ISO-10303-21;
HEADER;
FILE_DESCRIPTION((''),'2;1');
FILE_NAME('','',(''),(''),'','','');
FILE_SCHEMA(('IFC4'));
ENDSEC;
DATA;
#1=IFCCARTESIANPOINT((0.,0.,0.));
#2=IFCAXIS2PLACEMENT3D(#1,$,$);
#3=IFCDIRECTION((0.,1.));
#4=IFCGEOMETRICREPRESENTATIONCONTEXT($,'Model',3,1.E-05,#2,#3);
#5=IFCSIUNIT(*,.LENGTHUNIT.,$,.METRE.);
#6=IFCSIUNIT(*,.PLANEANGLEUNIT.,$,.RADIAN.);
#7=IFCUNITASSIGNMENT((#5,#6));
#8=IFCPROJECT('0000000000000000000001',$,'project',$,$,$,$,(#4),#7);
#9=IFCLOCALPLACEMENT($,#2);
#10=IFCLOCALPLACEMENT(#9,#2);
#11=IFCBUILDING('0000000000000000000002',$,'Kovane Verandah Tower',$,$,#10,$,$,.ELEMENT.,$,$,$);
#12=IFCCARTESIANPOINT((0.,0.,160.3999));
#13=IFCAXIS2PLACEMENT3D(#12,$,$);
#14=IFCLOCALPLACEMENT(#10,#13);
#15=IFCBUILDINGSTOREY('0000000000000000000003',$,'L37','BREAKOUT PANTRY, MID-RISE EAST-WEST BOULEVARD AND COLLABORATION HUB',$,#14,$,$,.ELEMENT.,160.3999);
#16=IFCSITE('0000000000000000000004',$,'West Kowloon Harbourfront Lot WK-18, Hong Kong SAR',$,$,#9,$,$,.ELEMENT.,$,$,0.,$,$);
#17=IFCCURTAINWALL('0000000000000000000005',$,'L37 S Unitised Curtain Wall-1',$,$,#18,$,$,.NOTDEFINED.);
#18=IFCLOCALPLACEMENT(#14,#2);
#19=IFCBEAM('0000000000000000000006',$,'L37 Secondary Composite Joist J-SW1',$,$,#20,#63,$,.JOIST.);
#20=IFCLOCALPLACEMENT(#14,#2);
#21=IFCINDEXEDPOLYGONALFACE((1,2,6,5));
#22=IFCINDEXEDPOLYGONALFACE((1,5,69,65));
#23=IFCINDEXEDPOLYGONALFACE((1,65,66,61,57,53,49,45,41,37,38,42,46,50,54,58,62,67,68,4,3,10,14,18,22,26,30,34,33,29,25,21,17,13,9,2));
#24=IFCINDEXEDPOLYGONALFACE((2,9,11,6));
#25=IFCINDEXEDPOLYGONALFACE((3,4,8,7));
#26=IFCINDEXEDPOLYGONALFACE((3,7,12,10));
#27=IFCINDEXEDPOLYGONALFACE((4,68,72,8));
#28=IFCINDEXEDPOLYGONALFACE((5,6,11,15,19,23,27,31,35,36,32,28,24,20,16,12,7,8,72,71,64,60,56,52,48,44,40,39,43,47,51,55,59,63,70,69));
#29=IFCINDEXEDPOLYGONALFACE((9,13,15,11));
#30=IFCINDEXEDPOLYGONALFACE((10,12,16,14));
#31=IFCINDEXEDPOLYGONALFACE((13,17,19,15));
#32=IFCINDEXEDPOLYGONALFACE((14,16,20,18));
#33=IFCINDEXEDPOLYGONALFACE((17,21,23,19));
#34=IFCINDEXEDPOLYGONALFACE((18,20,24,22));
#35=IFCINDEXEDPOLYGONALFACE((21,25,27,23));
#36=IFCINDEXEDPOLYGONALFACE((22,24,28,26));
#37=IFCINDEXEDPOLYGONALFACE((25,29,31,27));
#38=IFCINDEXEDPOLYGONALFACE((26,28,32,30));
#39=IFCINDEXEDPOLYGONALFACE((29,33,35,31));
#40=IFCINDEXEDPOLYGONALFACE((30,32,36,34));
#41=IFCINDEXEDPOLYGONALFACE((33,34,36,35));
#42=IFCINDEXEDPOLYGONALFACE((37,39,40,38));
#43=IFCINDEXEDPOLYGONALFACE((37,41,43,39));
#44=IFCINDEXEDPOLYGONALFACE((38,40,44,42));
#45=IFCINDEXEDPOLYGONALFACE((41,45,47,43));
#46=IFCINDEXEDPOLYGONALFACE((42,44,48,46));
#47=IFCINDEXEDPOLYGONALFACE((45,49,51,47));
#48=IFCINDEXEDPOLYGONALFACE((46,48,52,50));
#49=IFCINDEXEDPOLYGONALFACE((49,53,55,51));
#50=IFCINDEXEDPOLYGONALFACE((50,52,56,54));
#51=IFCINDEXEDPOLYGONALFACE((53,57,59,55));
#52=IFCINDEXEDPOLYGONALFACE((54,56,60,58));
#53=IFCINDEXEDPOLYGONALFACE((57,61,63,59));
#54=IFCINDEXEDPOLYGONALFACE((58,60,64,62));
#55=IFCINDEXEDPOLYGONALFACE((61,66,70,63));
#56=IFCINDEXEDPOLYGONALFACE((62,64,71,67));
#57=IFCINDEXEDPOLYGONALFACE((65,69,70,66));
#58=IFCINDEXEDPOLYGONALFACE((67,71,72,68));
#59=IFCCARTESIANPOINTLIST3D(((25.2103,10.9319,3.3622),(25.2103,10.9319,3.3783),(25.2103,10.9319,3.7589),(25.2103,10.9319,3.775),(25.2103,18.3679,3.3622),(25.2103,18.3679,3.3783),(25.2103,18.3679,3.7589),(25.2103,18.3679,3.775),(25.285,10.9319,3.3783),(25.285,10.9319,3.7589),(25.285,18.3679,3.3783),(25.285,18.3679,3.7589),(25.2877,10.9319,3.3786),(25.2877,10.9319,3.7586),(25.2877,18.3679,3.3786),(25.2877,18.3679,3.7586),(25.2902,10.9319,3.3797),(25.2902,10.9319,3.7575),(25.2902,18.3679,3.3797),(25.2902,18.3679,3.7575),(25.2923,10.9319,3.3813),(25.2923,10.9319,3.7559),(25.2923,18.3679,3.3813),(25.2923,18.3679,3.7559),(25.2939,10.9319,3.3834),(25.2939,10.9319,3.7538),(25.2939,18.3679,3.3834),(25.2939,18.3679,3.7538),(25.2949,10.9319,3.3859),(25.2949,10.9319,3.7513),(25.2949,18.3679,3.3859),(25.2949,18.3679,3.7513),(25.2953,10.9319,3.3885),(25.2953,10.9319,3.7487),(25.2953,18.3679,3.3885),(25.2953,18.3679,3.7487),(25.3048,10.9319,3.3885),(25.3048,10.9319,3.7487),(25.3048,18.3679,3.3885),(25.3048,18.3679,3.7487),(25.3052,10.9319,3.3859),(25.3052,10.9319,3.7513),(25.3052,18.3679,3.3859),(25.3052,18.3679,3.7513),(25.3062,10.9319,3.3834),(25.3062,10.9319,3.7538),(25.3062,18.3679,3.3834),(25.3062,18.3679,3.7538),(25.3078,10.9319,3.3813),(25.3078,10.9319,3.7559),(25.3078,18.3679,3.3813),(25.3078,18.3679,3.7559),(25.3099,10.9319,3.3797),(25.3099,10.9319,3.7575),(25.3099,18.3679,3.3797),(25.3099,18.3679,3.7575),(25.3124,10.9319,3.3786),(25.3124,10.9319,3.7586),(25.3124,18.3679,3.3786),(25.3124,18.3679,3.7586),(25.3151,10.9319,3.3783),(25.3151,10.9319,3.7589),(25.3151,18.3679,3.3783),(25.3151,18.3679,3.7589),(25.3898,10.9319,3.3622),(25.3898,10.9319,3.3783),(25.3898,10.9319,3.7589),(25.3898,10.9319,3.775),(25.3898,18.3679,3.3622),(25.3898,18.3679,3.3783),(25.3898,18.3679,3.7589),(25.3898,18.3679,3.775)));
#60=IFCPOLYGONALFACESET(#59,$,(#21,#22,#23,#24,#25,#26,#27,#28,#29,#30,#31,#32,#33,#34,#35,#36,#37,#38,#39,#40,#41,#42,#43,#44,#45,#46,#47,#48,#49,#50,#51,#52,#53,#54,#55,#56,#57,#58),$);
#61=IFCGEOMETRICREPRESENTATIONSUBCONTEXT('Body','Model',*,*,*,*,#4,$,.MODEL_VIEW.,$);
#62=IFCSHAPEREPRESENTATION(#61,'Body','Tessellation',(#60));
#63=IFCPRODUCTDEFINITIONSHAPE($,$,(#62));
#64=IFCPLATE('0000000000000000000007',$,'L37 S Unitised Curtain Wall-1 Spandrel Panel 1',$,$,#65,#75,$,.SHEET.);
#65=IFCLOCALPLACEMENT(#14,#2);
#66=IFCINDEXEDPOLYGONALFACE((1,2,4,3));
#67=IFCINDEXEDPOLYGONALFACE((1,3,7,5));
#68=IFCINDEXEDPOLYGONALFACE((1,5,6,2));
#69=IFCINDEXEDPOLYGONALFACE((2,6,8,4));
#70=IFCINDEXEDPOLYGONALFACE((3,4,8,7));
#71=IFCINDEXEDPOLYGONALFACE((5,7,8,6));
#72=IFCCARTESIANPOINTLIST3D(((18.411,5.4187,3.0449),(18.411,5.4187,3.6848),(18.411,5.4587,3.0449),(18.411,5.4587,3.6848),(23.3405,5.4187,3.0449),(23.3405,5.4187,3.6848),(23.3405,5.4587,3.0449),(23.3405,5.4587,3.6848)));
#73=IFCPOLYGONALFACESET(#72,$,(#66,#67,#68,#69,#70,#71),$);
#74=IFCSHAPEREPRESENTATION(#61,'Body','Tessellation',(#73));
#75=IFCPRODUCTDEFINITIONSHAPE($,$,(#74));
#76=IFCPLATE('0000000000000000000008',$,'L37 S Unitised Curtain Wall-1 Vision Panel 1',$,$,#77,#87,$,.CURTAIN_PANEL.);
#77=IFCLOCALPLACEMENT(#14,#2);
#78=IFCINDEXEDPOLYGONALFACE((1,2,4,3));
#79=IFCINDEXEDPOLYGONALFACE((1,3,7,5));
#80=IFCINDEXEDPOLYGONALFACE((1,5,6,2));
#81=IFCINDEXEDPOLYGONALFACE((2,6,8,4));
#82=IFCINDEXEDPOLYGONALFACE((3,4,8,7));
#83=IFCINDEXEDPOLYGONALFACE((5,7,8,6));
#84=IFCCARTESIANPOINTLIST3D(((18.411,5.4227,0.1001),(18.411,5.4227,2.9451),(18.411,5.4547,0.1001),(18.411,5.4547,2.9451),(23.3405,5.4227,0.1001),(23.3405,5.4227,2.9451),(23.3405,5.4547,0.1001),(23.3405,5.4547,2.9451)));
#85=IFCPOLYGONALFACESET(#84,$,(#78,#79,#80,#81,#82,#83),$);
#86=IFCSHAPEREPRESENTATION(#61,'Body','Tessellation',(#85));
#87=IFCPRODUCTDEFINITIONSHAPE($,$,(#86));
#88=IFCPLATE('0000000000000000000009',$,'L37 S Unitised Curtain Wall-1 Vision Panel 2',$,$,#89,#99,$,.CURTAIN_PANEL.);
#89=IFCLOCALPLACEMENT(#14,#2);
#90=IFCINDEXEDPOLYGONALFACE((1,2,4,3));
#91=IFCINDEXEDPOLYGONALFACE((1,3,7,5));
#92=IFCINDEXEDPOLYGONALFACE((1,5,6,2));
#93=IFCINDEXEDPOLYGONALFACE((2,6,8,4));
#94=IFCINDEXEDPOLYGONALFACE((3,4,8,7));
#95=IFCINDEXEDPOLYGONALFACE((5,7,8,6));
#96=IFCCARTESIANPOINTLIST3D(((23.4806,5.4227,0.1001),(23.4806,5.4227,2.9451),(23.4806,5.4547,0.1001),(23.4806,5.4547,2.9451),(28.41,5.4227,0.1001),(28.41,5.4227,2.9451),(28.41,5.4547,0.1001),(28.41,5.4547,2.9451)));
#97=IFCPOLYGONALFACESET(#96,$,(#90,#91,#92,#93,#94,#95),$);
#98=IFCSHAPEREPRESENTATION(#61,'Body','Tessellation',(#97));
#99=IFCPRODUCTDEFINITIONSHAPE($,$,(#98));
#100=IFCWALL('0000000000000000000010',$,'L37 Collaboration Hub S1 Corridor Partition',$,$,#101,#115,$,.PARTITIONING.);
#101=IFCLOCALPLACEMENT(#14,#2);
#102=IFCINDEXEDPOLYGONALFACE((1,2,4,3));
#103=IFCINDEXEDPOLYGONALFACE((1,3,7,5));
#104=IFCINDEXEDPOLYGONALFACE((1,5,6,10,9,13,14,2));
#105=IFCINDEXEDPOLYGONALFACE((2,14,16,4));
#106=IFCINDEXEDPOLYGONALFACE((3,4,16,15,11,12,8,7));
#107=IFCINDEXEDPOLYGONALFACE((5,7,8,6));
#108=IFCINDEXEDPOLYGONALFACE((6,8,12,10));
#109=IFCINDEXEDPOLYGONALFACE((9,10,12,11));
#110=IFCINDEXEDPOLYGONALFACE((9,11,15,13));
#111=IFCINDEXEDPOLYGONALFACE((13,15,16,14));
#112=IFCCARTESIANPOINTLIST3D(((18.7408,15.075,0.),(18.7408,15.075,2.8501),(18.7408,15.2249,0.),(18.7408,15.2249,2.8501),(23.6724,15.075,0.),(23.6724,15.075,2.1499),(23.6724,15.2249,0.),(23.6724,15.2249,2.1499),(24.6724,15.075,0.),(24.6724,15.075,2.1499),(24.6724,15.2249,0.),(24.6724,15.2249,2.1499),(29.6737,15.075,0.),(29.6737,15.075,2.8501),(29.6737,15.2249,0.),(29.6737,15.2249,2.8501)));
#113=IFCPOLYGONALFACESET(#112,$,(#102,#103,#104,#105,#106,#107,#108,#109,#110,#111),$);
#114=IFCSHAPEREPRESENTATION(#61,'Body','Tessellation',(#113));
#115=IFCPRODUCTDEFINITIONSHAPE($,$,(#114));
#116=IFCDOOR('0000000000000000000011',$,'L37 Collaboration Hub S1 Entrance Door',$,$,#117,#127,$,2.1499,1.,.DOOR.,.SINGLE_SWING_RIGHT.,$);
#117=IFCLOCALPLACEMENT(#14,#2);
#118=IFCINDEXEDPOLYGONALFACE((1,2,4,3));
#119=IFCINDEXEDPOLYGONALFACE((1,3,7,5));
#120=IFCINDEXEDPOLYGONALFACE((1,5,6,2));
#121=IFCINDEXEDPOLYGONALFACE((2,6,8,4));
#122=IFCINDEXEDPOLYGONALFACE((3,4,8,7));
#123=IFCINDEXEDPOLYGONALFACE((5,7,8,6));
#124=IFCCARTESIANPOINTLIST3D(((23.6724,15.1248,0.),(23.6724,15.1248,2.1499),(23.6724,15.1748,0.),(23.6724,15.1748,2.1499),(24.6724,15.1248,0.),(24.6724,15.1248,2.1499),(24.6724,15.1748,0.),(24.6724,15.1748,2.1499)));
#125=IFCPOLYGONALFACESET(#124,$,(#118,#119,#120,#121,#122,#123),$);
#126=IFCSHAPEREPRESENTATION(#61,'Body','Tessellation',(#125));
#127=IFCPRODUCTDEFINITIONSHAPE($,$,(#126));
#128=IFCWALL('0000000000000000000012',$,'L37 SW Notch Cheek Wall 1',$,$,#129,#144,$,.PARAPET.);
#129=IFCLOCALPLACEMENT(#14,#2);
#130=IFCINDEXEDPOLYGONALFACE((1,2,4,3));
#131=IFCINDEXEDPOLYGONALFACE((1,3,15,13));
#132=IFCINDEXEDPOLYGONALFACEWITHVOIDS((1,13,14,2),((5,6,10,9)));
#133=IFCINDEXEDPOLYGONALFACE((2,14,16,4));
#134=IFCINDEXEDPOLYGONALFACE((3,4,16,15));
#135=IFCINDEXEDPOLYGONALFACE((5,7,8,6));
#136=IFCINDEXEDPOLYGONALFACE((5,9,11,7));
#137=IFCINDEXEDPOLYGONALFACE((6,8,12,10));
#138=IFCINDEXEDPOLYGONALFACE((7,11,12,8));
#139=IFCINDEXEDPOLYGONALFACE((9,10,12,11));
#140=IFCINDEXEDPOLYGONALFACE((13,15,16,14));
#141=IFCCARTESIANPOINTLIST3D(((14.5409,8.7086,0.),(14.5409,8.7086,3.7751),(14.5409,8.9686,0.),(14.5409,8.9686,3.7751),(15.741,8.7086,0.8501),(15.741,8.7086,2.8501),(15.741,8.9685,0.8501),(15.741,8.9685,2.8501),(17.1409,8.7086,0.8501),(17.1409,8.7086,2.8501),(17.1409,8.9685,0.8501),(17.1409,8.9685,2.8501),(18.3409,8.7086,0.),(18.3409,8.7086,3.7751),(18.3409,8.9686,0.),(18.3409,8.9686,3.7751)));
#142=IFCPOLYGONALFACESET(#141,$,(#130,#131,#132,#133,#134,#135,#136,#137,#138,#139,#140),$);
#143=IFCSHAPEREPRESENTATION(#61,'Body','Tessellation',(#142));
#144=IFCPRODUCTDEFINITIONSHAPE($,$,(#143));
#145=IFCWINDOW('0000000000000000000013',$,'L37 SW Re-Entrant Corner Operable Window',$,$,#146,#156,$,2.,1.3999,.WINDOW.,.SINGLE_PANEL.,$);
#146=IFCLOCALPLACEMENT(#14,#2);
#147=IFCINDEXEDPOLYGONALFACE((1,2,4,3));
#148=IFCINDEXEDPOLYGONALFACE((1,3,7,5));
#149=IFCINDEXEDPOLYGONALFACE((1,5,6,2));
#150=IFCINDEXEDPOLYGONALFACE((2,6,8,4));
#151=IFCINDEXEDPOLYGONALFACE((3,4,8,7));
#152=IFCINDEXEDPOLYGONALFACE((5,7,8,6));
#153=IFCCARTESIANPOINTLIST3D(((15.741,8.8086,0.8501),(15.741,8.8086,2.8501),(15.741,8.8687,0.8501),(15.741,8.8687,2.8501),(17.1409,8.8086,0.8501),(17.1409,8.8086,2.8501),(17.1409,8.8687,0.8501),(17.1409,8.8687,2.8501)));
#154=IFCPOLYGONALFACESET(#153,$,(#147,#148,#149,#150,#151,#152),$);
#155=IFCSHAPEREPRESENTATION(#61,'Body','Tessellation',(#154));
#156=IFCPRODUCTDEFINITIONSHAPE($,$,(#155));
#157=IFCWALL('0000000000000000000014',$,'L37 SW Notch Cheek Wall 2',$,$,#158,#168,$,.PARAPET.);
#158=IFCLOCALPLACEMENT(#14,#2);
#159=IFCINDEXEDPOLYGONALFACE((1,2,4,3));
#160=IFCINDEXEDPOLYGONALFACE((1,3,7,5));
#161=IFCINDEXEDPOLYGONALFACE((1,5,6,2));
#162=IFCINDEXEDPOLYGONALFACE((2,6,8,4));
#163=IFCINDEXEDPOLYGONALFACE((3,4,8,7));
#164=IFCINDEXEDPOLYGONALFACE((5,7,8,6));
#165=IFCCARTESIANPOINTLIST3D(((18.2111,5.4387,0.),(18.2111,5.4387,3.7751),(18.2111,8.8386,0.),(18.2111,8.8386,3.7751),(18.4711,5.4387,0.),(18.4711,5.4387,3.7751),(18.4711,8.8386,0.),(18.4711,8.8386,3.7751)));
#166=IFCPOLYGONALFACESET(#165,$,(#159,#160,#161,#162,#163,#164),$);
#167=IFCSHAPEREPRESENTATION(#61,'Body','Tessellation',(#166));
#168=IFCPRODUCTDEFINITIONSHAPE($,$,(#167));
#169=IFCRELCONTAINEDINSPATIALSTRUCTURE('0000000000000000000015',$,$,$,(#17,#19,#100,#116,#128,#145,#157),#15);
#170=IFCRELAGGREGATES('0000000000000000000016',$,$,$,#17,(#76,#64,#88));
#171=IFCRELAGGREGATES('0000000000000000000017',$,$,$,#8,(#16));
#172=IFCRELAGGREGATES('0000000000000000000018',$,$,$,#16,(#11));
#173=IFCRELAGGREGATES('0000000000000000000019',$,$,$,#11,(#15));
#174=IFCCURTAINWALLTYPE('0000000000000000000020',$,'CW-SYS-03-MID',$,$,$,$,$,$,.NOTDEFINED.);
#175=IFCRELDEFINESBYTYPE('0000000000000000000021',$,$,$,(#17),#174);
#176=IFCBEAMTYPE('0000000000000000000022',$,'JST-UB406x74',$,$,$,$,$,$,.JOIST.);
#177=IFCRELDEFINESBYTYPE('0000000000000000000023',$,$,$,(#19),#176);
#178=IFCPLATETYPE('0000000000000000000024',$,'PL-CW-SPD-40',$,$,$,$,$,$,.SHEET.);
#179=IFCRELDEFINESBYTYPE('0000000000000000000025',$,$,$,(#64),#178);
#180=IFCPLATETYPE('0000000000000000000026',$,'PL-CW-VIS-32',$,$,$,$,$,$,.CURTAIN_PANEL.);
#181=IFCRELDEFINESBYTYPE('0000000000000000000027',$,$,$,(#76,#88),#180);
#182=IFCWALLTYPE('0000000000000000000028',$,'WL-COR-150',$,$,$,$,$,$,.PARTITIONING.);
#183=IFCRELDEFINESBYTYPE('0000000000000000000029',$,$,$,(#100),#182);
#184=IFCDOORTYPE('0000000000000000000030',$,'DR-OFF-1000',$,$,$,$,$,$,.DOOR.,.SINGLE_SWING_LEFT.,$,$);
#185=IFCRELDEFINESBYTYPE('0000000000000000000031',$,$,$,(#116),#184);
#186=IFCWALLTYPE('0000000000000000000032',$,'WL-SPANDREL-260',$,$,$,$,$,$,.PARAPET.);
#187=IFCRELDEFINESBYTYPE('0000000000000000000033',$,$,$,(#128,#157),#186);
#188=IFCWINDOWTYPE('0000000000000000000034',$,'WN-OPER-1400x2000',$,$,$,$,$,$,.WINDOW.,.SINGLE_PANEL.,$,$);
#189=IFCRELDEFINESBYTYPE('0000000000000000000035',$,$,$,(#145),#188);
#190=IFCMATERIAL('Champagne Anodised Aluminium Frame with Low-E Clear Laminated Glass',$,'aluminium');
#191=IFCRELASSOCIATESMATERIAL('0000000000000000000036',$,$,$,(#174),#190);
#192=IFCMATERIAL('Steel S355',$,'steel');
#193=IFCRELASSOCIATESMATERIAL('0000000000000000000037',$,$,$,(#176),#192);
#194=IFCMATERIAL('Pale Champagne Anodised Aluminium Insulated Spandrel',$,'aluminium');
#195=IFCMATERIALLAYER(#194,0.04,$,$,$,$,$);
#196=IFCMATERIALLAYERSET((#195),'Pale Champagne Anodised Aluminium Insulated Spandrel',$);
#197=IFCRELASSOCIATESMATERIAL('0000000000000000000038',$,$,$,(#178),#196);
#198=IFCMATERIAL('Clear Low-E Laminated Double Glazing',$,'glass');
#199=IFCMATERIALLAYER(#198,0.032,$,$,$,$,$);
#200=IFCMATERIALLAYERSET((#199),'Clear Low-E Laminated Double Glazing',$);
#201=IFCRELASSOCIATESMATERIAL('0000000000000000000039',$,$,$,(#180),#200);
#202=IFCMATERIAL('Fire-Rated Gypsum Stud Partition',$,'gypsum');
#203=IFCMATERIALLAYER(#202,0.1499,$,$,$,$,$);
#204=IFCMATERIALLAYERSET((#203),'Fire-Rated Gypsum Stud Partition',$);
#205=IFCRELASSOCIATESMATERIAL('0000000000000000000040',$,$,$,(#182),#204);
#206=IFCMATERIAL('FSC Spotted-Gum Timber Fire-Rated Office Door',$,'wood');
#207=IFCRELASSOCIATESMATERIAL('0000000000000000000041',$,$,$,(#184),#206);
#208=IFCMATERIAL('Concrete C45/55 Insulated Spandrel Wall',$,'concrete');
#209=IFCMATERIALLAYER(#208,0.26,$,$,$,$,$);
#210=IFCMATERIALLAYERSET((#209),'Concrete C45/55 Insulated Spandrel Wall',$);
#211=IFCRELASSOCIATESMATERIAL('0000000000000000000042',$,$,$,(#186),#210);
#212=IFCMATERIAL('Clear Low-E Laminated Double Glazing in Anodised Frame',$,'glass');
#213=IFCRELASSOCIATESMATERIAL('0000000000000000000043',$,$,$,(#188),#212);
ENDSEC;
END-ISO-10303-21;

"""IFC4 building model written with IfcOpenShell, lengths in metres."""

from ifc_helpers import new_model, si_unit, direction, frame, frame_2d, origin, origin_2d, place, context, subcontext, project, spatial, rectangle, i_section, extrude, material, layer, layer_set, material_profile, profile_set, type_object, element, fill, aggregate, save


model = new_model("IFC4")

# Units and contexts
model_context = context("Model", 3, precision=1e-05, world=origin(), true_north=direction((0.0, 1.0)))
body_context = subcontext(model_context, "Body", "Model", "MODEL_VIEW")
ifc_project = project(units=[si_unit("LENGTHUNIT", "METRE"), si_unit("PLANEANGLEUNIT", "RADIAN")], contexts=[model_context])

# Site, building, storey
site_placement = place(None, origin())
site = spatial("IfcSite", under=ifc_project, at=site_placement, Name="West Kowloon Harbourfront Lot WK-18, Hong Kong SAR", CompositionType="ELEMENT", RefElevation=0.0)
building_placement = place(site_placement, origin())
building = spatial("IfcBuilding", under=site, at=building_placement, Name="Kovane Verandah Tower", CompositionType="ELEMENT")
storey_placement = place(building_placement, frame((0.0, 0.0, 160.3999)))
storey = spatial("IfcBuildingStorey", under=building, at=storey_placement, Name="L37", Description="BREAKOUT PANTRY, MID-RISE EAST-WEST BOULEVARD AND COLLABORATION HUB", CompositionType="ELEMENT", Elevation=160.3999)

# Shared definitions
ifc_material_1 = material(Name="Steel S355", Category="steel")

# Curtain wall
ifc_material_2 = material(Name="Champagne Anodised Aluminium Frame with Low-E Clear Laminated Glass", Category="aluminium")
curtain_wall_type = type_object("IfcCurtainWallType", Name="CW-SYS-03-MID", PredefinedType="NOTDEFINED", material=ifc_material_2)
curtain_wall_placement = place(storey_placement, origin())
curtain_wall = element("IfcCurtainWall", 1, at=curtain_wall_placement, inside=storey, type_object=curtain_wall_type, Name="L37 S Unitised Curtain Wall-1", PredefinedType="NOTDEFINED")

# Beam
ifc_material_profile_1 = material_profile(ifc_material_1, i_section(OverallWidth=0.1794, OverallDepth=0.4128, WebThickness=0.0095, FlangeThickness=0.0161, FilletRadius=0.0103, at=origin_2d()), Name="UB406x178x74")
ifc_profile_set_1 = profile_set([ifc_material_profile_1], Name="Steel S355")
beam_type_1 = type_object("IfcBeamType", Name="JST-UB406x74", PredefinedType="JOIST", material=ifc_profile_set_1)
beam_1_placement = place(storey_placement, frame((25.3, 10.9319, 3.5686), z_axis=(0.0, 1.0, 0.0), x_axis=(-1.0, 0.0, 0.0)))
element("IfcBeam", 2, at=beam_1_placement, inside=storey, type_object=beam_type_1, Name="L37 Secondary Composite Joist J-SW1", PredefinedType="JOIST", context=body_context, shape_type="SweptSolid", body=[
    extrude(i_section(OverallWidth=0.1794, OverallDepth=0.4128, WebThickness=0.0095, FlangeThickness=0.0161, FilletRadius=0.0103, at=origin_2d()), origin(), (0.0, 0.0, 1.0), 7.436),
])

# Plates
ifc_material_3 = material(Name="Pale Champagne Anodised Aluminium Insulated Spandrel", Category="aluminium")
ifc_layer_1 = layer(ifc_material_3, 0.04)
ifc_layer_set_1 = layer_set([ifc_layer_1], Name="Pale Champagne Anodised Aluminium Insulated Spandrel")
plate_type_1 = type_object("IfcPlateType", Name="PL-CW-SPD-40", PredefinedType="SHEET", material=ifc_layer_set_1)
plate_1_placement = place(storey_placement, frame((20.8757, 5.4387, 3.0449), z_axis=(0.0, 0.0, 1.0), x_axis=(1.0, 0.0, 0.0)))
plate_1 = element("IfcPlate", 3, at=plate_1_placement, type_object=plate_type_1, Name="L37 S Unitised Curtain Wall-1 Spandrel Panel 1", PredefinedType="SHEET", context=body_context, shape_type="SweptSolid", body=[
    extrude(rectangle(XDim=4.9294, YDim=0.04, at=origin_2d()), origin(), (0.0, 0.0, 1.0), 0.6399),
])
ifc_material_4 = material(Name="Clear Low-E Laminated Double Glazing", Category="glass")
ifc_layer_2 = layer(ifc_material_4, 0.032)
ifc_layer_set_2 = layer_set([ifc_layer_2], Name="Clear Low-E Laminated Double Glazing")
plate_type_2 = type_object("IfcPlateType", Name="PL-CW-VIS-32", PredefinedType="CURTAIN_PANEL", material=ifc_layer_set_2)
plate_2_placement = place(storey_placement, frame((20.8757, 5.4387, 0.1001), z_axis=(0.0, 0.0, 1.0), x_axis=(1.0, 0.0, 0.0)))
plate_2 = element("IfcPlate", 4, at=plate_2_placement, type_object=plate_type_2, Name="L37 S Unitised Curtain Wall-1 Vision Panel 1", PredefinedType="CURTAIN_PANEL", context=body_context, shape_type="SweptSolid", body=[
    extrude(rectangle(XDim=4.9294, YDim=0.032, at=origin_2d()), origin(), (0.0, 0.0, 1.0), 2.845),
])
plate_3_placement = place(storey_placement, frame((25.9453, 5.4387, 0.1001), z_axis=(0.0, 0.0, 1.0), x_axis=(1.0, 0.0, 0.0)))
plate_3 = element("IfcPlate", 5, at=plate_3_placement, type_object=plate_type_2, Name="L37 S Unitised Curtain Wall-1 Vision Panel 2", PredefinedType="CURTAIN_PANEL", context=body_context, shape_type="SweptSolid", body=[
    extrude(rectangle(XDim=4.9294, YDim=0.032, at=origin_2d()), origin(), (0.0, 0.0, 1.0), 2.845),
])
aggregate(curtain_wall, [plate_2, plate_1, plate_3])

# Wall, opening, door
ifc_material_5 = material(Name="Fire-Rated Gypsum Stud Partition", Category="gypsum")
ifc_layer_3 = layer(ifc_material_5, 0.1499)
ifc_layer_set_3 = layer_set([ifc_layer_3], Name="Fire-Rated Gypsum Stud Partition")
wall_type_1 = type_object("IfcWallType", Name="WL-COR-150", PredefinedType="PARTITIONING", material=ifc_layer_set_3)
wall_1_placement = place(storey_placement, frame((18.741, 15.1499, 0.0), z_axis=(0.0, 0.0, 1.0), x_axis=(1.0, 0.0, 0.0)))
wall_1 = element("IfcWall", 6, at=wall_1_placement, inside=storey, type_object=wall_type_1, Name="L37 Collaboration Hub S1 Corridor Partition", PredefinedType="PARTITIONING", context=body_context, shape_type="SweptSolid", body=[
    extrude(rectangle(XDim=10.9329, YDim=0.1499, at=frame_2d((5.4663, 0.0))), origin(), (0.0, 0.0, 1.0), 2.8501),
])
opening_1_placement = place(wall_1_placement, frame((4.9314, 0.0, 0.0)))
opening_1 = element("IfcOpeningElement", 7, at=opening_1_placement, cuts=wall_1, PredefinedType="OPENING", context=body_context, shape_type="SweptSolid", body=[
    extrude(rectangle(XDim=1.0, YDim=2.1499, at=frame_2d((0.5, 1.075))), frame((0.0, 0.075, 0.0), z_axis=(0.0, -1.0, 0.0), x_axis=(1.0, 0.0, 0.0)), (0.0, 0.0, 1.0), 0.1499),
])
ifc_material_6 = material(Name="FSC Spotted-Gum Timber Fire-Rated Office Door", Category="wood")
door_type = type_object("IfcDoorType", Name="DR-OFF-1000", OperationType="SINGLE_SWING_LEFT", PredefinedType="DOOR", material=ifc_material_6)
door_placement = place(opening_1_placement, origin())
door = element("IfcDoor", 8, at=door_placement, inside=storey, type_object=door_type, Name="L37 Collaboration Hub S1 Entrance Door", OperationType="SINGLE_SWING_RIGHT", OverallHeight=2.1499, OverallWidth=1.0, PredefinedType="DOOR", context=body_context, shape_type="SweptSolid", body=[
    extrude(rectangle(XDim=1.0, YDim=2.1499, at=frame_2d((0.5, 1.075))), frame((0.0, 0.0249, 0.0), z_axis=(0.0, -1.0, 0.0), x_axis=(1.0, 0.0, 0.0)), (0.0, 0.0, 1.0), 0.05),
])
fill(opening_1, door)

# Wall, opening, window
ifc_material_7 = material(Name="Concrete C45/55 Insulated Spandrel Wall", Category="concrete")
ifc_layer_4 = layer(ifc_material_7, 0.26)
ifc_layer_set_4 = layer_set([ifc_layer_4], Name="Concrete C45/55 Insulated Spandrel Wall")
wall_type_2 = type_object("IfcWallType", Name="WL-SPANDREL-260", PredefinedType="PARAPET", material=ifc_layer_set_4)
wall_2_placement = place(storey_placement, frame((14.541, 8.8386, 0.0), z_axis=(0.0, 0.0, 1.0), x_axis=(1.0, 0.0, 0.0)))
wall_2 = element("IfcWall", 9, at=wall_2_placement, inside=storey, type_object=wall_type_2, Name="L37 SW Notch Cheek Wall 1", PredefinedType="PARAPET", context=body_context, shape_type="SweptSolid", body=[
    extrude(rectangle(XDim=3.8, YDim=0.26, at=frame_2d((1.8999, 0.0))), origin(), (0.0, 0.0, 1.0), 3.7751),
])
opening_2_placement = place(wall_2_placement, frame((1.2, 0.0, 0.8501)))
opening_2 = element("IfcOpeningElement", 10, at=opening_2_placement, cuts=wall_2, PredefinedType="OPENING", context=body_context, shape_type="SweptSolid", body=[
    extrude(rectangle(XDim=1.3999, YDim=2.0, at=frame_2d((0.7, 1.0))), frame((0.0, 0.1299, 0.0), z_axis=(0.0, -1.0, 0.0), x_axis=(1.0, 0.0, 0.0)), (0.0, 0.0, 1.0), 0.26),
])
ifc_material_8 = material(Name="Clear Low-E Laminated Double Glazing in Anodised Frame", Category="glass")
window_type = type_object("IfcWindowType", Name="WN-OPER-1400x2000", PartitioningType="SINGLE_PANEL", PredefinedType="WINDOW", material=ifc_material_8)
window_placement = place(opening_2_placement, origin())
window = element("IfcWindow", 11, at=window_placement, inside=storey, type_object=window_type, Name="L37 SW Re-Entrant Corner Operable Window", OverallHeight=2.0, OverallWidth=1.3999, PartitioningType="SINGLE_PANEL", PredefinedType="WINDOW", context=body_context, shape_type="SweptSolid", body=[
    extrude(rectangle(XDim=1.3999, YDim=2.0, at=frame_2d((0.7, 1.0))), frame((0.0, 0.03, 0.0), z_axis=(0.0, -1.0, 0.0), x_axis=(1.0, 0.0, 0.0)), (0.0, 0.0, 1.0), 0.0601),
])
fill(opening_2, window)

# Wall
wall_3_placement = place(storey_placement, frame((18.3411, 8.8386, 0.0), z_axis=(0.0, 0.0, 1.0), x_axis=(0.0, -1.0, 0.0)))
element("IfcWall", 12, at=wall_3_placement, inside=storey, type_object=wall_type_2, Name="L37 SW Notch Cheek Wall 2", PredefinedType="PARAPET", context=body_context, shape_type="SweptSolid", body=[
    extrude(rectangle(XDim=3.3999, YDim=0.26, at=frame_2d((1.7, 0.0))), origin(), (0.0, 0.0, 1.0), 3.7751),
])

save(model, "model.ifc")
